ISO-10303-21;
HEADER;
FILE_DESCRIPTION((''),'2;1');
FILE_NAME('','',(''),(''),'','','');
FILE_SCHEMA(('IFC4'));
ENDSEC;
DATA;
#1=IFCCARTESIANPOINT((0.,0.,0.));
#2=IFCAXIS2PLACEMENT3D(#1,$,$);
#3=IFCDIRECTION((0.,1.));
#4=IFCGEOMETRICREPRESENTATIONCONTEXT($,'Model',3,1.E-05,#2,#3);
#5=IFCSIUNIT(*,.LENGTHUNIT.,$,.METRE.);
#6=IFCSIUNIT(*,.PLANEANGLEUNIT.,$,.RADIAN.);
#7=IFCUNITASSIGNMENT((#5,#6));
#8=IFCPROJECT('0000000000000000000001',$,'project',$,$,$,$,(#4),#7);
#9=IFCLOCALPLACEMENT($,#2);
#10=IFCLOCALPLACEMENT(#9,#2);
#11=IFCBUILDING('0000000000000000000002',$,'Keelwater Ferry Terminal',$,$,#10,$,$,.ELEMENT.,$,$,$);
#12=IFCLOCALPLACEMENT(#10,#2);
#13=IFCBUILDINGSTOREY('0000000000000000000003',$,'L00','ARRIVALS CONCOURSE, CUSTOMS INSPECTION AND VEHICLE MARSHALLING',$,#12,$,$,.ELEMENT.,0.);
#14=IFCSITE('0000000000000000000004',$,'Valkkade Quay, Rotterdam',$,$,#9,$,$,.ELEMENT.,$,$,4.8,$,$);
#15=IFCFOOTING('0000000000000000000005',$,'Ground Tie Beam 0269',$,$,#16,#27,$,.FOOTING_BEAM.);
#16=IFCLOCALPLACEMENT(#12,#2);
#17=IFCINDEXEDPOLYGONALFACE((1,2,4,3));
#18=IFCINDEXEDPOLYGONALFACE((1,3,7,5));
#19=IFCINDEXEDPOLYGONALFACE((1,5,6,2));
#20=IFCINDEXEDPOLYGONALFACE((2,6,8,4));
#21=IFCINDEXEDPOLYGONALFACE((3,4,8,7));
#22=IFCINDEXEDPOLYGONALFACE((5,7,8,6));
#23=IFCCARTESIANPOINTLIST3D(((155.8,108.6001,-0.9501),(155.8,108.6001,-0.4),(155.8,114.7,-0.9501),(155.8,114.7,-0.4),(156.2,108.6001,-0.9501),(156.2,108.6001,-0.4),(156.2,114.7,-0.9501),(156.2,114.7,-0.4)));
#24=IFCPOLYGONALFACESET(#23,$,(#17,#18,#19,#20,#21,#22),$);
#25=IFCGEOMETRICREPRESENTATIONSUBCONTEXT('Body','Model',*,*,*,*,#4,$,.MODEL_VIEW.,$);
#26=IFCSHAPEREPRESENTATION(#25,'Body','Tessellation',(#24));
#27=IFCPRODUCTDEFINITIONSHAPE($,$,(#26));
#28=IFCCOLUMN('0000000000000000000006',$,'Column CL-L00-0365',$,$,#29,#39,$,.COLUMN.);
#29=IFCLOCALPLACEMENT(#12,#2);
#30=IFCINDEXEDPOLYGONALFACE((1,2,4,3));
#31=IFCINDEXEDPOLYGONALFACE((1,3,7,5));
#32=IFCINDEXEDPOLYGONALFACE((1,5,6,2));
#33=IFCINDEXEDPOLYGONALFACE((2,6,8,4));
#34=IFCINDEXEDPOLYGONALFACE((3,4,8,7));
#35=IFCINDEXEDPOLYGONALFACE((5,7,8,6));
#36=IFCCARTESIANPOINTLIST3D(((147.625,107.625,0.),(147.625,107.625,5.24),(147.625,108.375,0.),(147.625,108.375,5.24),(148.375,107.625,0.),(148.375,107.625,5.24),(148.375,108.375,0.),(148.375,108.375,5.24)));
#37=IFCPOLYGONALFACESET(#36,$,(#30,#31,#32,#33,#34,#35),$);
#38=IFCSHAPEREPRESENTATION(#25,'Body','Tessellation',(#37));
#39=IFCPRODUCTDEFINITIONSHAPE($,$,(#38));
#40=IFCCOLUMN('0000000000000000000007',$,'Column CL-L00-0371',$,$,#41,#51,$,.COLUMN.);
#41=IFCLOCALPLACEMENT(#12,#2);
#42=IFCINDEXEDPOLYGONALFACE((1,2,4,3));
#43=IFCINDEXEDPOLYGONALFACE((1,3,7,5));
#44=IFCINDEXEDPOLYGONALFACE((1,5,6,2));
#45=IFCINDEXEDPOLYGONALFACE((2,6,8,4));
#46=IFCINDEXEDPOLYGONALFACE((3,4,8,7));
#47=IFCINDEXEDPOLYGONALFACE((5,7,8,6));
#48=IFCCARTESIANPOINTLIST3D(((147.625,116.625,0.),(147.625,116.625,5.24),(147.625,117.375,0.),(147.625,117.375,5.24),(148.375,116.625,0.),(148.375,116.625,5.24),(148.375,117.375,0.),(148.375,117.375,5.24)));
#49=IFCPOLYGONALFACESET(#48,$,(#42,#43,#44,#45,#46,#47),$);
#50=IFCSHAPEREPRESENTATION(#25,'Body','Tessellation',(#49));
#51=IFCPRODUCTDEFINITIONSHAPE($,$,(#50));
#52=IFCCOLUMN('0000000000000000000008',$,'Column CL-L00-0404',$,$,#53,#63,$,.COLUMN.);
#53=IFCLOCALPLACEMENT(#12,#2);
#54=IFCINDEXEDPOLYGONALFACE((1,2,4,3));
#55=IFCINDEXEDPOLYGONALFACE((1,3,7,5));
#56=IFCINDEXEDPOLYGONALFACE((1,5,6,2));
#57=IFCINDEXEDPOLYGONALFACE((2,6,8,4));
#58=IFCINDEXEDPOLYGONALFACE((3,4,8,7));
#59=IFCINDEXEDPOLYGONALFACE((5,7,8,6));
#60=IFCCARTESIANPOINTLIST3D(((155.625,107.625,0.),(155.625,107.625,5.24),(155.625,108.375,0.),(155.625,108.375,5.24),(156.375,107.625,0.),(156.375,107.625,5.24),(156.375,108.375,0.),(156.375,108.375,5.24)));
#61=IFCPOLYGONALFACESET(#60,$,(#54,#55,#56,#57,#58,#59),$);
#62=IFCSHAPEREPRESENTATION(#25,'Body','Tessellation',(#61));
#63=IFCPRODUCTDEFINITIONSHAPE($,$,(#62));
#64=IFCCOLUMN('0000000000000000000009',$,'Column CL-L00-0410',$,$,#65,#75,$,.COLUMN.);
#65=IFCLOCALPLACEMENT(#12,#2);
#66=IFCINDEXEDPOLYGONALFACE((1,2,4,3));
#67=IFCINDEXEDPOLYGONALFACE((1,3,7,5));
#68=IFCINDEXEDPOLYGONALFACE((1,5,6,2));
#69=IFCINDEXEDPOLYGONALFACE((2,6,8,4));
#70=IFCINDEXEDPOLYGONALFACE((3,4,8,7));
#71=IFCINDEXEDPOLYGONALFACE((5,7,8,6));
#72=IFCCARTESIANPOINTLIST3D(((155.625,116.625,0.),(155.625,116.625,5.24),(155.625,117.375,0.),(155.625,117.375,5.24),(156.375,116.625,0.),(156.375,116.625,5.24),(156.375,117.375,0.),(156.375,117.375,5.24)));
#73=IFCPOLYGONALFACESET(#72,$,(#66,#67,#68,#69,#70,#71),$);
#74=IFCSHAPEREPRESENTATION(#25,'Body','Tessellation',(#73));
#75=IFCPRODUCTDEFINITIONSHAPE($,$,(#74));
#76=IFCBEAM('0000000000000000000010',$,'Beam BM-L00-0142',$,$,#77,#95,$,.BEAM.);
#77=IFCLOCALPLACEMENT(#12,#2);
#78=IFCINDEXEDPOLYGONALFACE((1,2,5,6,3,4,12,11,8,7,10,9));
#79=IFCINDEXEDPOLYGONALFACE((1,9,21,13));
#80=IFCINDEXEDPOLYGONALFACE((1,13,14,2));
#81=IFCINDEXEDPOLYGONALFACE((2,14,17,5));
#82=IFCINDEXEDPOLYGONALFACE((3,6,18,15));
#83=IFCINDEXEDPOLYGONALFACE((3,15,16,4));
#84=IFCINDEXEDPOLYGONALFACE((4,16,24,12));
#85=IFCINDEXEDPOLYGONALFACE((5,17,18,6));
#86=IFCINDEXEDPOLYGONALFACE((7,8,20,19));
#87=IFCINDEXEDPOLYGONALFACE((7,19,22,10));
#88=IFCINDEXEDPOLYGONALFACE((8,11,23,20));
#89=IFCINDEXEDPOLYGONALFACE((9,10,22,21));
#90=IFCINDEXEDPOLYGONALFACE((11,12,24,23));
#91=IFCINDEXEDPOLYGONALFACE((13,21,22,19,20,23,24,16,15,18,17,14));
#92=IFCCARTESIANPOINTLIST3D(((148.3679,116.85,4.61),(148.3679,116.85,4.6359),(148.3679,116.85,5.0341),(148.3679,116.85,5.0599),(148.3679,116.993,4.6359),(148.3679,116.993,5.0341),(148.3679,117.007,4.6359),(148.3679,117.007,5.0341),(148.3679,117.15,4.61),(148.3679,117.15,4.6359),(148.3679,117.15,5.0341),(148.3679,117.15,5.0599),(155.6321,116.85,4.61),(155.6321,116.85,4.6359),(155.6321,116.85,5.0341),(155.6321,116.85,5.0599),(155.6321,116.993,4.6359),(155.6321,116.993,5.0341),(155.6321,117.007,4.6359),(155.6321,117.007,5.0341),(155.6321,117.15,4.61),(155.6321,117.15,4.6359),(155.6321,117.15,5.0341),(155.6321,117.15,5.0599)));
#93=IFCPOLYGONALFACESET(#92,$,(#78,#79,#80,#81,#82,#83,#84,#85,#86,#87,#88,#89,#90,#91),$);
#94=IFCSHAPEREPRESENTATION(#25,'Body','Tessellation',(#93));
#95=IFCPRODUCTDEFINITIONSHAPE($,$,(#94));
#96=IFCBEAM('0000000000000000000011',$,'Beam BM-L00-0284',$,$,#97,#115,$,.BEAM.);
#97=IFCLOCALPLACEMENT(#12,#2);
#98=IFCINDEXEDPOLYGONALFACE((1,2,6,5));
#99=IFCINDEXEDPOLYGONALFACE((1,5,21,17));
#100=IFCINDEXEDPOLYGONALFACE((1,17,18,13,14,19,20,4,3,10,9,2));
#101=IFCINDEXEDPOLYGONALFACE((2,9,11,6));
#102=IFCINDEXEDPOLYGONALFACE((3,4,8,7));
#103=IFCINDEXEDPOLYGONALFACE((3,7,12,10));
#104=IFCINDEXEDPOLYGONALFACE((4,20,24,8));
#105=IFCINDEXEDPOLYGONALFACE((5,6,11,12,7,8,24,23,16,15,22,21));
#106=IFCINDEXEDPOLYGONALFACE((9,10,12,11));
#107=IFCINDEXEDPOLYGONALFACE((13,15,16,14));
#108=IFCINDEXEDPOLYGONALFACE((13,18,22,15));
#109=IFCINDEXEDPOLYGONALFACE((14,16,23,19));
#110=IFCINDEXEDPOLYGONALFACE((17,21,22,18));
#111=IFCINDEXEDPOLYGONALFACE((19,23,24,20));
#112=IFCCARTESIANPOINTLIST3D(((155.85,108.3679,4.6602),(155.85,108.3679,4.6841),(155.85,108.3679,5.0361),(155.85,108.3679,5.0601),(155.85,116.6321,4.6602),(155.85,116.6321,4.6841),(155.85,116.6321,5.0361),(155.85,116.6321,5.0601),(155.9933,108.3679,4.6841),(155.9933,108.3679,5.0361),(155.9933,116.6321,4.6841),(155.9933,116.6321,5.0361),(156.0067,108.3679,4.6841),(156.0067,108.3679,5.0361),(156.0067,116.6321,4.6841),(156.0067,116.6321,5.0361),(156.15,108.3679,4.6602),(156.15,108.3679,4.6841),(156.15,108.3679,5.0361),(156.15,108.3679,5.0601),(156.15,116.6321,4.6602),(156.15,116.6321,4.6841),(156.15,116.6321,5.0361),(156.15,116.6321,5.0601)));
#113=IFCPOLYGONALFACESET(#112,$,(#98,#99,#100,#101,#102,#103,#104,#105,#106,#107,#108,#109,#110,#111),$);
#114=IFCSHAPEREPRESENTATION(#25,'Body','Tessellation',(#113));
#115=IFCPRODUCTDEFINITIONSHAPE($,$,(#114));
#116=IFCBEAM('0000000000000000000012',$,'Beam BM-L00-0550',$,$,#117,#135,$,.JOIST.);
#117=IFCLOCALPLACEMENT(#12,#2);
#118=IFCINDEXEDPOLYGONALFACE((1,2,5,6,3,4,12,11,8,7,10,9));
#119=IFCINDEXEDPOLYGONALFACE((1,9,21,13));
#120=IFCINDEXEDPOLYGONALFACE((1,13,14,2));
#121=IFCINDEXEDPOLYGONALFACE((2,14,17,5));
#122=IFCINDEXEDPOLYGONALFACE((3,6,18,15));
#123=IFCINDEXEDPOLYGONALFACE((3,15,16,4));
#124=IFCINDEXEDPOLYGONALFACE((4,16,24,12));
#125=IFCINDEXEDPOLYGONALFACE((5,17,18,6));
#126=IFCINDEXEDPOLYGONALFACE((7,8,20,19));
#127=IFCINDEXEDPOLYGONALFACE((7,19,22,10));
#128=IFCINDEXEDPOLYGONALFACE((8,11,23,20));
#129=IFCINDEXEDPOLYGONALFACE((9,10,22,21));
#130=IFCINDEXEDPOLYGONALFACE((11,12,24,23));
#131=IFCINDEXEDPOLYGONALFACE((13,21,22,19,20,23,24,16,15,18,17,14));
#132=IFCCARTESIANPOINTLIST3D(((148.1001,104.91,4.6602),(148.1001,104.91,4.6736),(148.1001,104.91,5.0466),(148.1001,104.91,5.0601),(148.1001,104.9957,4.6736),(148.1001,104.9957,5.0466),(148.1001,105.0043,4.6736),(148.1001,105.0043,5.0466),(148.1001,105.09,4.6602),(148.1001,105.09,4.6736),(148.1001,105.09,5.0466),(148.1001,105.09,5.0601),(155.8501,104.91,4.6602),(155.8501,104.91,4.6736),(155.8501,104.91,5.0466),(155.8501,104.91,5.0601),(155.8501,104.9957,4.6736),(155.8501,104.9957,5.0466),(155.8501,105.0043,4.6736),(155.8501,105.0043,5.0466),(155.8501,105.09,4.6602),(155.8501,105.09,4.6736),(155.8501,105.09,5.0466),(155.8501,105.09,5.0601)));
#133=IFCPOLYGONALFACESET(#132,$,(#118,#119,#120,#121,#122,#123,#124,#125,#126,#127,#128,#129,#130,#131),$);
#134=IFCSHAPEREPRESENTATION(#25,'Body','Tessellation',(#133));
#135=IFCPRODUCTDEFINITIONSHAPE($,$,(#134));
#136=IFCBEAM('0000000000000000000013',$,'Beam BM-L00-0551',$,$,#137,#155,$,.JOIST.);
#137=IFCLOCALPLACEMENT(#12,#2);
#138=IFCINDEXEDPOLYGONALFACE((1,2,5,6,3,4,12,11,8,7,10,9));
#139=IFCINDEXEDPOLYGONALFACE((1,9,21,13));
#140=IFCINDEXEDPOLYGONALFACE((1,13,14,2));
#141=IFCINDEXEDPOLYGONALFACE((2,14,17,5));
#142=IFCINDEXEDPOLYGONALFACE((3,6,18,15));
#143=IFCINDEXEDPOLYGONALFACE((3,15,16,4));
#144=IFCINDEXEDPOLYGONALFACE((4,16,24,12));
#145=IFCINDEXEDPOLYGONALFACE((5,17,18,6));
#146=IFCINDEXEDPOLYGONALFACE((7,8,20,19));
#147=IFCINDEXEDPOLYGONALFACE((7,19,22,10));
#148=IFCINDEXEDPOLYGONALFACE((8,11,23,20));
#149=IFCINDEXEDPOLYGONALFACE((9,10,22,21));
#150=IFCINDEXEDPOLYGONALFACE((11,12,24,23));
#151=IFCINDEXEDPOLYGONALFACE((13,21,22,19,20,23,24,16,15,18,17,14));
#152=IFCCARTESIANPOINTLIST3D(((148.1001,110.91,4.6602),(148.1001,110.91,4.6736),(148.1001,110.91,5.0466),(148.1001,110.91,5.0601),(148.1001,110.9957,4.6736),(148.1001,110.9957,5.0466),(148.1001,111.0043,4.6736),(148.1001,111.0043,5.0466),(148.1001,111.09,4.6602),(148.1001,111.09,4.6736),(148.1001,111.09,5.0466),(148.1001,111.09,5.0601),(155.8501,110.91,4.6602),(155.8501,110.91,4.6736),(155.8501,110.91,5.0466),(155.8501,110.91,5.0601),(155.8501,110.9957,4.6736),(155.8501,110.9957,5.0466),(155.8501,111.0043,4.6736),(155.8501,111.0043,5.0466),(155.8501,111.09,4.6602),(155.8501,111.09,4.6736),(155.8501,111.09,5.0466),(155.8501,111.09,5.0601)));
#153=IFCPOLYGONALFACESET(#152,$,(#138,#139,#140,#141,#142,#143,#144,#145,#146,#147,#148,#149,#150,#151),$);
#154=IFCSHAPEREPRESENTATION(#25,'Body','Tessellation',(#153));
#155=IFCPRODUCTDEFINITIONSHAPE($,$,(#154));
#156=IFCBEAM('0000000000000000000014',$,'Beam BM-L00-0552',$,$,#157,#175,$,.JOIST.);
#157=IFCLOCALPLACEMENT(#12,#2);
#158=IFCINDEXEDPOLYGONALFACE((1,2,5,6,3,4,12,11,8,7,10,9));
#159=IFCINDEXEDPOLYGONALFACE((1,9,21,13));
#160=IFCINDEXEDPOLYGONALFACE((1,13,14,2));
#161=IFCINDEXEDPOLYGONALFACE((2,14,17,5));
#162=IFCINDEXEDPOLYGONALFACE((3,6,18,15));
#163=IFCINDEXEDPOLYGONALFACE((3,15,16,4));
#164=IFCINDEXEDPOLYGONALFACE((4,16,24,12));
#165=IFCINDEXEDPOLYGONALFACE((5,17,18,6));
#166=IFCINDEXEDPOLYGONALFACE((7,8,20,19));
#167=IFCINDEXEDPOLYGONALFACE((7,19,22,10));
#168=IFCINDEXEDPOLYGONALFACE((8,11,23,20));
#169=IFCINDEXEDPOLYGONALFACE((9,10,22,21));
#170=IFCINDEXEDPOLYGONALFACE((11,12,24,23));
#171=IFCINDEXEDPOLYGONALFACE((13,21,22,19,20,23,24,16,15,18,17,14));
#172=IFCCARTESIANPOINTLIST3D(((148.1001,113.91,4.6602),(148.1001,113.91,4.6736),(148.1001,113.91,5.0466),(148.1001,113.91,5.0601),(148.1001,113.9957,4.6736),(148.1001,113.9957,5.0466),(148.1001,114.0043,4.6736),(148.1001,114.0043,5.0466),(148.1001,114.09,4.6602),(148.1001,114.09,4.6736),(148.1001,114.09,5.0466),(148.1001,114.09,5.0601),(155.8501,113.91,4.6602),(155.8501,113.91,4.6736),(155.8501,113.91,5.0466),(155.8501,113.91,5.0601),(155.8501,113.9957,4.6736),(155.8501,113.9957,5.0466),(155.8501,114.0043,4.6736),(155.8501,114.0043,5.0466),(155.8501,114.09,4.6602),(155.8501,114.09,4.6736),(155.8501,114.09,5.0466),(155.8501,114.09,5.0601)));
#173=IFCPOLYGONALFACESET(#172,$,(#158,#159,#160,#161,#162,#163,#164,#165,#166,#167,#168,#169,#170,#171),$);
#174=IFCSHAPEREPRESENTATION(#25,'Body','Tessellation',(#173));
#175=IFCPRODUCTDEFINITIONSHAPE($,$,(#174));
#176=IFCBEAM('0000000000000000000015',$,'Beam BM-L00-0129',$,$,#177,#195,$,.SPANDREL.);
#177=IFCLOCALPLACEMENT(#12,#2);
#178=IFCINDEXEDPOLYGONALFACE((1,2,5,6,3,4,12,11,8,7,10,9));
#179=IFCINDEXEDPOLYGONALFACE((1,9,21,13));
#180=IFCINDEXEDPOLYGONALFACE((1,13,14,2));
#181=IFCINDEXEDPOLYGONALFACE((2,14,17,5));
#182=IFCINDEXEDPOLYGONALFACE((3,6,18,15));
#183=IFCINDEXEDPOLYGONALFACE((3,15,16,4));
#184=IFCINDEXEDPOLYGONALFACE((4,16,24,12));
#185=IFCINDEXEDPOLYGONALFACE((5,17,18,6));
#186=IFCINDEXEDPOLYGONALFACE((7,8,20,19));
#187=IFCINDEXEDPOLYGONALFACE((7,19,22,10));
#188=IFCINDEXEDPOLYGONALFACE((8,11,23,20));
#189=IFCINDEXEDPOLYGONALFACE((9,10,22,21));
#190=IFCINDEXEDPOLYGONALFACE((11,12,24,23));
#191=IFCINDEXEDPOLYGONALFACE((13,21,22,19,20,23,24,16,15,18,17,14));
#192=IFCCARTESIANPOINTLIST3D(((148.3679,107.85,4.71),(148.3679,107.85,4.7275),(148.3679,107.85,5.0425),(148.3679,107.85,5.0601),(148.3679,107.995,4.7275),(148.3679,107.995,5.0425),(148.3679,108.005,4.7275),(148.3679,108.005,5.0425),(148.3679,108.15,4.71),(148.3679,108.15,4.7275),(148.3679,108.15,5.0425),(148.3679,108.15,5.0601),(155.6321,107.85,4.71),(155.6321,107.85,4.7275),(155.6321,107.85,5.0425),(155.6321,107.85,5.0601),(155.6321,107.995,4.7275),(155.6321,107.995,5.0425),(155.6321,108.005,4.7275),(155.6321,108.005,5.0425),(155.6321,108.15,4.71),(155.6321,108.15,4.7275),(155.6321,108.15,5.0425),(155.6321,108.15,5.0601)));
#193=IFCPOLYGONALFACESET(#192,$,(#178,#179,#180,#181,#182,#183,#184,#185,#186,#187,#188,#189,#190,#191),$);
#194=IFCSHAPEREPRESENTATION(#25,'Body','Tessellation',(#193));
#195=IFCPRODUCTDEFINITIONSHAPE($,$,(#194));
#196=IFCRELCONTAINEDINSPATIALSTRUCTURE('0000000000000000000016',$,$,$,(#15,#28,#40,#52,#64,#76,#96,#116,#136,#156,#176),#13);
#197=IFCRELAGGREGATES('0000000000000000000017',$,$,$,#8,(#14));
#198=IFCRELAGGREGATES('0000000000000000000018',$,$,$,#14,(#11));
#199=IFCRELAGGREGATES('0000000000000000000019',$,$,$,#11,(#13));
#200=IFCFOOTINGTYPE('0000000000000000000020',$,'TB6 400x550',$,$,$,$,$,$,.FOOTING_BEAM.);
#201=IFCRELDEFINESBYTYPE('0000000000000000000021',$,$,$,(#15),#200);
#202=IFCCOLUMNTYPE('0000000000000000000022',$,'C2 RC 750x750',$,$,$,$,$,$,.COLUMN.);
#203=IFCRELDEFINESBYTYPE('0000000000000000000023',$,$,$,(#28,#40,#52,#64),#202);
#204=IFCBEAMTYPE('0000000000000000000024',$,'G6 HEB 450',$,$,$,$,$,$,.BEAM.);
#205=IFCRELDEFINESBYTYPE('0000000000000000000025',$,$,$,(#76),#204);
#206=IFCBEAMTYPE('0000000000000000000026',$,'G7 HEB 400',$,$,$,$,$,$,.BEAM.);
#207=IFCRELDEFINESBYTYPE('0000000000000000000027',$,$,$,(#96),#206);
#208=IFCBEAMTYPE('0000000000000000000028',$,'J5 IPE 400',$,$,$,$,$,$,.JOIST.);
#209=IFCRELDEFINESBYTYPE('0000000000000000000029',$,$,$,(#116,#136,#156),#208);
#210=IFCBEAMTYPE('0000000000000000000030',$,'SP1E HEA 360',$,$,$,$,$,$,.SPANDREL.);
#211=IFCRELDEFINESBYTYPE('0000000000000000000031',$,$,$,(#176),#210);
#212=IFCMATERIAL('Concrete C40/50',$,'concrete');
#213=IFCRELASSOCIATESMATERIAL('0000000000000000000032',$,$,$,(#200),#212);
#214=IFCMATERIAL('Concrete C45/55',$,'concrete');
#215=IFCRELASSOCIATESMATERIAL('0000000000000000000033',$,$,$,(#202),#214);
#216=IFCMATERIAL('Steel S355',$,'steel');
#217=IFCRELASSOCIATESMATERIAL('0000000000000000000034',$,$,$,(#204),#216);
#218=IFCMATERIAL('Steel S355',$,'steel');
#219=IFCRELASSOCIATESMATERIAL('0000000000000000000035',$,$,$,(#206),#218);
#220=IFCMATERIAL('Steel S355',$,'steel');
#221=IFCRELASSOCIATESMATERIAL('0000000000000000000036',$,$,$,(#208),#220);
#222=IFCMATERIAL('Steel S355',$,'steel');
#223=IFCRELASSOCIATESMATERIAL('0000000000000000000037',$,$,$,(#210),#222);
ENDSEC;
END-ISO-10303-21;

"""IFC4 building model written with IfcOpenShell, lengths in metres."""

from ifc_helpers import new_model, si_unit, direction, frame, origin, origin_2d, place, context, subcontext, project, spatial, rectangle, i_section, extrude, material, material_profile, profile_set, type_object, element, save


model = new_model("IFC4")

# Units and contexts
model_context = context("Model", 3, precision=1e-05, world=origin(), true_north=direction((0.0, 1.0)))
body_context = subcontext(model_context, "Body", "Model", "MODEL_VIEW")
ifc_project = project(units=[si_unit("LENGTHUNIT", "METRE"), si_unit("PLANEANGLEUNIT", "RADIAN")], contexts=[model_context])

# Site, building, storey
site_placement = place(None, origin())
site = spatial("IfcSite", under=ifc_project, at=site_placement, Name="Valkkade Quay, Rotterdam", CompositionType="ELEMENT", RefElevation=4.8)
building_placement = place(site_placement, origin())
building = spatial("IfcBuilding", under=site, at=building_placement, Name="Keelwater Ferry Terminal", CompositionType="ELEMENT")
storey_placement = place(building_placement, origin())
storey = spatial("IfcBuildingStorey", under=building, at=storey_placement, Name="L00", Description="ARRIVALS CONCOURSE, CUSTOMS INSPECTION AND VEHICLE MARSHALLING", CompositionType="ELEMENT", Elevation=0.0)

# Footing
ifc_material_1 = material(Name="Concrete C40/50", Category="concrete")
ifc_material_profile_1 = material_profile(ifc_material_1, rectangle(XDim=0.3999, YDim=0.55, at=origin_2d()), Name="TB 400x550")
ifc_profile_set_1 = profile_set([ifc_material_profile_1], Name="Concrete C40/50")
footing_type_1 = type_object("IfcFootingType", Name="TB6 400x550", PredefinedType="FOOTING_BEAM", material=ifc_profile_set_1)
footing_1_placement = place(storey_placement, frame((156.0, 108.6001, -0.675), z_axis=(0.0, 1.0, 0.0), x_axis=(-1.0, 0.0, 0.0)))
element("IfcFooting", 1, at=footing_1_placement, inside=storey, type_object=footing_type_1, Name="Ground Tie Beam 0269", PredefinedType="FOOTING_BEAM", context=body_context, shape_type="SweptSolid", body=[
    extrude(rectangle(XDim=0.3999, YDim=0.55, at=origin_2d()), origin(), (0.0, 0.0, 1.0), 6.0999),
])

# Columns
ifc_material_2 = material(Name="Concrete C45/55", Category="concrete")
ifc_material_profile_2 = material_profile(ifc_material_2, rectangle(XDim=0.75, YDim=0.75, at=origin_2d()), Name="RC 750x750")
ifc_profile_set_2 = profile_set([ifc_material_profile_2], Name="Concrete C45/55")
column_type = type_object("IfcColumnType", Name="C2 RC 750x750", PredefinedType="COLUMN", material=ifc_profile_set_2)
for number, where, z_axis, x_axis, name in (
    (2, (148.0, 108.0, 0.0), (0.0, 0.0, 1.0), (1.0, 0.0, 0.0), "Column CL-L00-0365"),
    (3, (148.0, 117.0, 0.0), (0.0, 0.0, 1.0), (1.0, 0.0, 0.0), "Column CL-L00-0371"),
    (4, (156.0, 108.0, 0.0), (0.0, 0.0, 1.0), (1.0, 0.0, 0.0), "Column CL-L00-0404"),
    (5, (156.0, 117.0, 0.0), (0.0, 0.0, 1.0), (1.0, 0.0, 0.0), "Column CL-L00-0410"),
):
    element("IfcColumn", number, at=place(storey_placement, frame(where, z_axis=z_axis, x_axis=x_axis)), inside=storey, type_object=column_type, Name=name, PredefinedType="COLUMN", context=body_context, shape_type="SweptSolid", body=[
        extrude(rectangle(XDim=0.75, YDim=0.75, at=origin_2d()), origin(), (0.0, 0.0, 1.0), 5.24),
    ])

# Beams
ifc_material_3 = material(Name="Steel S355", Category="steel")
ifc_material_profile_3 = material_profile(ifc_material_3, i_section(OverallWidth=0.3, OverallDepth=0.45, WebThickness=0.0139, FlangeThickness=0.0259, at=origin_2d()), Name="HEB 450")
ifc_profile_set_3 = profile_set([ifc_material_profile_3], Name="Steel S355")
beam_type_1 = type_object("IfcBeamType", Name="G6 HEB 450", PredefinedType="BEAM", material=ifc_profile_set_3)
beam_1_placement = place(storey_placement, frame((148.3679, 117.0, 4.835), z_axis=(1.0, 0.0, 0.0), x_axis=(0.0, 1.0, 0.0)))
element("IfcBeam", 6, at=beam_1_placement, inside=storey, type_object=beam_type_1, Name="Beam BM-L00-0142", PredefinedType="BEAM", context=body_context, shape_type="SweptSolid", body=[
    extrude(i_section(OverallWidth=0.3, OverallDepth=0.45, WebThickness=0.0139, FlangeThickness=0.0259, at=origin_2d()), origin(), (0.0, 0.0, 1.0), 7.2642),
])
ifc_material_4 = material(Name="Steel S355", Category="steel")
ifc_material_profile_4 = material_profile(ifc_material_4, i_section(OverallWidth=0.3, OverallDepth=0.3999, WebThickness=0.0134, FlangeThickness=0.0239, at=origin_2d()), Name="HEB 400")
ifc_profile_set_4 = profile_set([ifc_material_profile_4], Name="Steel S355")
beam_type_2 = type_object("IfcBeamType", Name="G7 HEB 400", PredefinedType="BEAM", material=ifc_profile_set_4)
beam_2_placement = place(storey_placement, frame((156.0, 108.3679, 4.8601), z_axis=(0.0, 1.0, 0.0), x_axis=(-1.0, 0.0, 0.0)))
element("IfcBeam", 7, at=beam_2_placement, inside=storey, type_object=beam_type_2, Name="Beam BM-L00-0284", PredefinedType="BEAM", context=body_context, shape_type="SweptSolid", body=[
    extrude(i_section(OverallWidth=0.3, OverallDepth=0.3999, WebThickness=0.0134, FlangeThickness=0.0239, at=origin_2d()), origin(), (0.0, 0.0, 1.0), 8.2642),
])
ifc_material_5 = material(Name="Steel S355", Category="steel")
ifc_material_profile_5 = material_profile(ifc_material_5, i_section(OverallWidth=0.1799, OverallDepth=0.3999, WebThickness=0.0085, FlangeThickness=0.0134, at=origin_2d()), Name="IPE 400")
ifc_profile_set_5 = profile_set([ifc_material_profile_5], Name="Steel S355")
beam_type_3 = type_object("IfcBeamType", Name="J5 IPE 400", PredefinedType="JOIST", material=ifc_profile_set_5)
for number, where, z_axis, x_axis, name in (
    (8, (148.1001, 105.0, 4.8601), (1.0, 0.0, 0.0), (0.0, 1.0, 0.0), "Beam BM-L00-0550"),
    (9, (148.1001, 111.0, 4.8601), (1.0, 0.0, 0.0), (0.0, 1.0, 0.0), "Beam BM-L00-0551"),
    (10, (148.1001, 114.0, 4.8601), (1.0, 0.0, 0.0), (0.0, 1.0, 0.0), "Beam BM-L00-0552"),
):
    element("IfcBeam", number, at=place(storey_placement, frame(where, z_axis=z_axis, x_axis=x_axis)), inside=storey, type_object=beam_type_3, Name=name, PredefinedType="JOIST", context=body_context, shape_type="SweptSolid", body=[
        extrude(i_section(OverallWidth=0.1799, OverallDepth=0.3999, WebThickness=0.0085, FlangeThickness=0.0134, at=origin_2d()), origin(), (0.0, 0.0, 1.0), 7.75),
    ])
ifc_material_6 = material(Name="Steel S355", Category="steel")
ifc_material_profile_6 = material_profile(ifc_material_6, i_section(OverallWidth=0.3, OverallDepth=0.3501, WebThickness=0.01, FlangeThickness=0.0176, at=origin_2d()), Name="HEA 360")
ifc_profile_set_6 = profile_set([ifc_material_profile_6], Name="Steel S355")
beam_type_4 = type_object("IfcBeamType", Name="SP1E HEA 360", PredefinedType="SPANDREL", material=ifc_profile_set_6)
beam_3_placement = place(storey_placement, frame((148.3679, 108.0, 4.885), z_axis=(1.0, 0.0, 0.0), x_axis=(0.0, 1.0, 0.0)))
element("IfcBeam", 11, at=beam_3_placement, inside=storey, type_object=beam_type_4, Name="Beam BM-L00-0129", PredefinedType="SPANDREL", context=body_context, shape_type="SweptSolid", body=[
    extrude(i_section(OverallWidth=0.3, OverallDepth=0.3501, WebThickness=0.01, FlangeThickness=0.0176, at=origin_2d()), origin(), (0.0, 0.0, 1.0), 7.2642),
])

save(model, "model.ifc")
